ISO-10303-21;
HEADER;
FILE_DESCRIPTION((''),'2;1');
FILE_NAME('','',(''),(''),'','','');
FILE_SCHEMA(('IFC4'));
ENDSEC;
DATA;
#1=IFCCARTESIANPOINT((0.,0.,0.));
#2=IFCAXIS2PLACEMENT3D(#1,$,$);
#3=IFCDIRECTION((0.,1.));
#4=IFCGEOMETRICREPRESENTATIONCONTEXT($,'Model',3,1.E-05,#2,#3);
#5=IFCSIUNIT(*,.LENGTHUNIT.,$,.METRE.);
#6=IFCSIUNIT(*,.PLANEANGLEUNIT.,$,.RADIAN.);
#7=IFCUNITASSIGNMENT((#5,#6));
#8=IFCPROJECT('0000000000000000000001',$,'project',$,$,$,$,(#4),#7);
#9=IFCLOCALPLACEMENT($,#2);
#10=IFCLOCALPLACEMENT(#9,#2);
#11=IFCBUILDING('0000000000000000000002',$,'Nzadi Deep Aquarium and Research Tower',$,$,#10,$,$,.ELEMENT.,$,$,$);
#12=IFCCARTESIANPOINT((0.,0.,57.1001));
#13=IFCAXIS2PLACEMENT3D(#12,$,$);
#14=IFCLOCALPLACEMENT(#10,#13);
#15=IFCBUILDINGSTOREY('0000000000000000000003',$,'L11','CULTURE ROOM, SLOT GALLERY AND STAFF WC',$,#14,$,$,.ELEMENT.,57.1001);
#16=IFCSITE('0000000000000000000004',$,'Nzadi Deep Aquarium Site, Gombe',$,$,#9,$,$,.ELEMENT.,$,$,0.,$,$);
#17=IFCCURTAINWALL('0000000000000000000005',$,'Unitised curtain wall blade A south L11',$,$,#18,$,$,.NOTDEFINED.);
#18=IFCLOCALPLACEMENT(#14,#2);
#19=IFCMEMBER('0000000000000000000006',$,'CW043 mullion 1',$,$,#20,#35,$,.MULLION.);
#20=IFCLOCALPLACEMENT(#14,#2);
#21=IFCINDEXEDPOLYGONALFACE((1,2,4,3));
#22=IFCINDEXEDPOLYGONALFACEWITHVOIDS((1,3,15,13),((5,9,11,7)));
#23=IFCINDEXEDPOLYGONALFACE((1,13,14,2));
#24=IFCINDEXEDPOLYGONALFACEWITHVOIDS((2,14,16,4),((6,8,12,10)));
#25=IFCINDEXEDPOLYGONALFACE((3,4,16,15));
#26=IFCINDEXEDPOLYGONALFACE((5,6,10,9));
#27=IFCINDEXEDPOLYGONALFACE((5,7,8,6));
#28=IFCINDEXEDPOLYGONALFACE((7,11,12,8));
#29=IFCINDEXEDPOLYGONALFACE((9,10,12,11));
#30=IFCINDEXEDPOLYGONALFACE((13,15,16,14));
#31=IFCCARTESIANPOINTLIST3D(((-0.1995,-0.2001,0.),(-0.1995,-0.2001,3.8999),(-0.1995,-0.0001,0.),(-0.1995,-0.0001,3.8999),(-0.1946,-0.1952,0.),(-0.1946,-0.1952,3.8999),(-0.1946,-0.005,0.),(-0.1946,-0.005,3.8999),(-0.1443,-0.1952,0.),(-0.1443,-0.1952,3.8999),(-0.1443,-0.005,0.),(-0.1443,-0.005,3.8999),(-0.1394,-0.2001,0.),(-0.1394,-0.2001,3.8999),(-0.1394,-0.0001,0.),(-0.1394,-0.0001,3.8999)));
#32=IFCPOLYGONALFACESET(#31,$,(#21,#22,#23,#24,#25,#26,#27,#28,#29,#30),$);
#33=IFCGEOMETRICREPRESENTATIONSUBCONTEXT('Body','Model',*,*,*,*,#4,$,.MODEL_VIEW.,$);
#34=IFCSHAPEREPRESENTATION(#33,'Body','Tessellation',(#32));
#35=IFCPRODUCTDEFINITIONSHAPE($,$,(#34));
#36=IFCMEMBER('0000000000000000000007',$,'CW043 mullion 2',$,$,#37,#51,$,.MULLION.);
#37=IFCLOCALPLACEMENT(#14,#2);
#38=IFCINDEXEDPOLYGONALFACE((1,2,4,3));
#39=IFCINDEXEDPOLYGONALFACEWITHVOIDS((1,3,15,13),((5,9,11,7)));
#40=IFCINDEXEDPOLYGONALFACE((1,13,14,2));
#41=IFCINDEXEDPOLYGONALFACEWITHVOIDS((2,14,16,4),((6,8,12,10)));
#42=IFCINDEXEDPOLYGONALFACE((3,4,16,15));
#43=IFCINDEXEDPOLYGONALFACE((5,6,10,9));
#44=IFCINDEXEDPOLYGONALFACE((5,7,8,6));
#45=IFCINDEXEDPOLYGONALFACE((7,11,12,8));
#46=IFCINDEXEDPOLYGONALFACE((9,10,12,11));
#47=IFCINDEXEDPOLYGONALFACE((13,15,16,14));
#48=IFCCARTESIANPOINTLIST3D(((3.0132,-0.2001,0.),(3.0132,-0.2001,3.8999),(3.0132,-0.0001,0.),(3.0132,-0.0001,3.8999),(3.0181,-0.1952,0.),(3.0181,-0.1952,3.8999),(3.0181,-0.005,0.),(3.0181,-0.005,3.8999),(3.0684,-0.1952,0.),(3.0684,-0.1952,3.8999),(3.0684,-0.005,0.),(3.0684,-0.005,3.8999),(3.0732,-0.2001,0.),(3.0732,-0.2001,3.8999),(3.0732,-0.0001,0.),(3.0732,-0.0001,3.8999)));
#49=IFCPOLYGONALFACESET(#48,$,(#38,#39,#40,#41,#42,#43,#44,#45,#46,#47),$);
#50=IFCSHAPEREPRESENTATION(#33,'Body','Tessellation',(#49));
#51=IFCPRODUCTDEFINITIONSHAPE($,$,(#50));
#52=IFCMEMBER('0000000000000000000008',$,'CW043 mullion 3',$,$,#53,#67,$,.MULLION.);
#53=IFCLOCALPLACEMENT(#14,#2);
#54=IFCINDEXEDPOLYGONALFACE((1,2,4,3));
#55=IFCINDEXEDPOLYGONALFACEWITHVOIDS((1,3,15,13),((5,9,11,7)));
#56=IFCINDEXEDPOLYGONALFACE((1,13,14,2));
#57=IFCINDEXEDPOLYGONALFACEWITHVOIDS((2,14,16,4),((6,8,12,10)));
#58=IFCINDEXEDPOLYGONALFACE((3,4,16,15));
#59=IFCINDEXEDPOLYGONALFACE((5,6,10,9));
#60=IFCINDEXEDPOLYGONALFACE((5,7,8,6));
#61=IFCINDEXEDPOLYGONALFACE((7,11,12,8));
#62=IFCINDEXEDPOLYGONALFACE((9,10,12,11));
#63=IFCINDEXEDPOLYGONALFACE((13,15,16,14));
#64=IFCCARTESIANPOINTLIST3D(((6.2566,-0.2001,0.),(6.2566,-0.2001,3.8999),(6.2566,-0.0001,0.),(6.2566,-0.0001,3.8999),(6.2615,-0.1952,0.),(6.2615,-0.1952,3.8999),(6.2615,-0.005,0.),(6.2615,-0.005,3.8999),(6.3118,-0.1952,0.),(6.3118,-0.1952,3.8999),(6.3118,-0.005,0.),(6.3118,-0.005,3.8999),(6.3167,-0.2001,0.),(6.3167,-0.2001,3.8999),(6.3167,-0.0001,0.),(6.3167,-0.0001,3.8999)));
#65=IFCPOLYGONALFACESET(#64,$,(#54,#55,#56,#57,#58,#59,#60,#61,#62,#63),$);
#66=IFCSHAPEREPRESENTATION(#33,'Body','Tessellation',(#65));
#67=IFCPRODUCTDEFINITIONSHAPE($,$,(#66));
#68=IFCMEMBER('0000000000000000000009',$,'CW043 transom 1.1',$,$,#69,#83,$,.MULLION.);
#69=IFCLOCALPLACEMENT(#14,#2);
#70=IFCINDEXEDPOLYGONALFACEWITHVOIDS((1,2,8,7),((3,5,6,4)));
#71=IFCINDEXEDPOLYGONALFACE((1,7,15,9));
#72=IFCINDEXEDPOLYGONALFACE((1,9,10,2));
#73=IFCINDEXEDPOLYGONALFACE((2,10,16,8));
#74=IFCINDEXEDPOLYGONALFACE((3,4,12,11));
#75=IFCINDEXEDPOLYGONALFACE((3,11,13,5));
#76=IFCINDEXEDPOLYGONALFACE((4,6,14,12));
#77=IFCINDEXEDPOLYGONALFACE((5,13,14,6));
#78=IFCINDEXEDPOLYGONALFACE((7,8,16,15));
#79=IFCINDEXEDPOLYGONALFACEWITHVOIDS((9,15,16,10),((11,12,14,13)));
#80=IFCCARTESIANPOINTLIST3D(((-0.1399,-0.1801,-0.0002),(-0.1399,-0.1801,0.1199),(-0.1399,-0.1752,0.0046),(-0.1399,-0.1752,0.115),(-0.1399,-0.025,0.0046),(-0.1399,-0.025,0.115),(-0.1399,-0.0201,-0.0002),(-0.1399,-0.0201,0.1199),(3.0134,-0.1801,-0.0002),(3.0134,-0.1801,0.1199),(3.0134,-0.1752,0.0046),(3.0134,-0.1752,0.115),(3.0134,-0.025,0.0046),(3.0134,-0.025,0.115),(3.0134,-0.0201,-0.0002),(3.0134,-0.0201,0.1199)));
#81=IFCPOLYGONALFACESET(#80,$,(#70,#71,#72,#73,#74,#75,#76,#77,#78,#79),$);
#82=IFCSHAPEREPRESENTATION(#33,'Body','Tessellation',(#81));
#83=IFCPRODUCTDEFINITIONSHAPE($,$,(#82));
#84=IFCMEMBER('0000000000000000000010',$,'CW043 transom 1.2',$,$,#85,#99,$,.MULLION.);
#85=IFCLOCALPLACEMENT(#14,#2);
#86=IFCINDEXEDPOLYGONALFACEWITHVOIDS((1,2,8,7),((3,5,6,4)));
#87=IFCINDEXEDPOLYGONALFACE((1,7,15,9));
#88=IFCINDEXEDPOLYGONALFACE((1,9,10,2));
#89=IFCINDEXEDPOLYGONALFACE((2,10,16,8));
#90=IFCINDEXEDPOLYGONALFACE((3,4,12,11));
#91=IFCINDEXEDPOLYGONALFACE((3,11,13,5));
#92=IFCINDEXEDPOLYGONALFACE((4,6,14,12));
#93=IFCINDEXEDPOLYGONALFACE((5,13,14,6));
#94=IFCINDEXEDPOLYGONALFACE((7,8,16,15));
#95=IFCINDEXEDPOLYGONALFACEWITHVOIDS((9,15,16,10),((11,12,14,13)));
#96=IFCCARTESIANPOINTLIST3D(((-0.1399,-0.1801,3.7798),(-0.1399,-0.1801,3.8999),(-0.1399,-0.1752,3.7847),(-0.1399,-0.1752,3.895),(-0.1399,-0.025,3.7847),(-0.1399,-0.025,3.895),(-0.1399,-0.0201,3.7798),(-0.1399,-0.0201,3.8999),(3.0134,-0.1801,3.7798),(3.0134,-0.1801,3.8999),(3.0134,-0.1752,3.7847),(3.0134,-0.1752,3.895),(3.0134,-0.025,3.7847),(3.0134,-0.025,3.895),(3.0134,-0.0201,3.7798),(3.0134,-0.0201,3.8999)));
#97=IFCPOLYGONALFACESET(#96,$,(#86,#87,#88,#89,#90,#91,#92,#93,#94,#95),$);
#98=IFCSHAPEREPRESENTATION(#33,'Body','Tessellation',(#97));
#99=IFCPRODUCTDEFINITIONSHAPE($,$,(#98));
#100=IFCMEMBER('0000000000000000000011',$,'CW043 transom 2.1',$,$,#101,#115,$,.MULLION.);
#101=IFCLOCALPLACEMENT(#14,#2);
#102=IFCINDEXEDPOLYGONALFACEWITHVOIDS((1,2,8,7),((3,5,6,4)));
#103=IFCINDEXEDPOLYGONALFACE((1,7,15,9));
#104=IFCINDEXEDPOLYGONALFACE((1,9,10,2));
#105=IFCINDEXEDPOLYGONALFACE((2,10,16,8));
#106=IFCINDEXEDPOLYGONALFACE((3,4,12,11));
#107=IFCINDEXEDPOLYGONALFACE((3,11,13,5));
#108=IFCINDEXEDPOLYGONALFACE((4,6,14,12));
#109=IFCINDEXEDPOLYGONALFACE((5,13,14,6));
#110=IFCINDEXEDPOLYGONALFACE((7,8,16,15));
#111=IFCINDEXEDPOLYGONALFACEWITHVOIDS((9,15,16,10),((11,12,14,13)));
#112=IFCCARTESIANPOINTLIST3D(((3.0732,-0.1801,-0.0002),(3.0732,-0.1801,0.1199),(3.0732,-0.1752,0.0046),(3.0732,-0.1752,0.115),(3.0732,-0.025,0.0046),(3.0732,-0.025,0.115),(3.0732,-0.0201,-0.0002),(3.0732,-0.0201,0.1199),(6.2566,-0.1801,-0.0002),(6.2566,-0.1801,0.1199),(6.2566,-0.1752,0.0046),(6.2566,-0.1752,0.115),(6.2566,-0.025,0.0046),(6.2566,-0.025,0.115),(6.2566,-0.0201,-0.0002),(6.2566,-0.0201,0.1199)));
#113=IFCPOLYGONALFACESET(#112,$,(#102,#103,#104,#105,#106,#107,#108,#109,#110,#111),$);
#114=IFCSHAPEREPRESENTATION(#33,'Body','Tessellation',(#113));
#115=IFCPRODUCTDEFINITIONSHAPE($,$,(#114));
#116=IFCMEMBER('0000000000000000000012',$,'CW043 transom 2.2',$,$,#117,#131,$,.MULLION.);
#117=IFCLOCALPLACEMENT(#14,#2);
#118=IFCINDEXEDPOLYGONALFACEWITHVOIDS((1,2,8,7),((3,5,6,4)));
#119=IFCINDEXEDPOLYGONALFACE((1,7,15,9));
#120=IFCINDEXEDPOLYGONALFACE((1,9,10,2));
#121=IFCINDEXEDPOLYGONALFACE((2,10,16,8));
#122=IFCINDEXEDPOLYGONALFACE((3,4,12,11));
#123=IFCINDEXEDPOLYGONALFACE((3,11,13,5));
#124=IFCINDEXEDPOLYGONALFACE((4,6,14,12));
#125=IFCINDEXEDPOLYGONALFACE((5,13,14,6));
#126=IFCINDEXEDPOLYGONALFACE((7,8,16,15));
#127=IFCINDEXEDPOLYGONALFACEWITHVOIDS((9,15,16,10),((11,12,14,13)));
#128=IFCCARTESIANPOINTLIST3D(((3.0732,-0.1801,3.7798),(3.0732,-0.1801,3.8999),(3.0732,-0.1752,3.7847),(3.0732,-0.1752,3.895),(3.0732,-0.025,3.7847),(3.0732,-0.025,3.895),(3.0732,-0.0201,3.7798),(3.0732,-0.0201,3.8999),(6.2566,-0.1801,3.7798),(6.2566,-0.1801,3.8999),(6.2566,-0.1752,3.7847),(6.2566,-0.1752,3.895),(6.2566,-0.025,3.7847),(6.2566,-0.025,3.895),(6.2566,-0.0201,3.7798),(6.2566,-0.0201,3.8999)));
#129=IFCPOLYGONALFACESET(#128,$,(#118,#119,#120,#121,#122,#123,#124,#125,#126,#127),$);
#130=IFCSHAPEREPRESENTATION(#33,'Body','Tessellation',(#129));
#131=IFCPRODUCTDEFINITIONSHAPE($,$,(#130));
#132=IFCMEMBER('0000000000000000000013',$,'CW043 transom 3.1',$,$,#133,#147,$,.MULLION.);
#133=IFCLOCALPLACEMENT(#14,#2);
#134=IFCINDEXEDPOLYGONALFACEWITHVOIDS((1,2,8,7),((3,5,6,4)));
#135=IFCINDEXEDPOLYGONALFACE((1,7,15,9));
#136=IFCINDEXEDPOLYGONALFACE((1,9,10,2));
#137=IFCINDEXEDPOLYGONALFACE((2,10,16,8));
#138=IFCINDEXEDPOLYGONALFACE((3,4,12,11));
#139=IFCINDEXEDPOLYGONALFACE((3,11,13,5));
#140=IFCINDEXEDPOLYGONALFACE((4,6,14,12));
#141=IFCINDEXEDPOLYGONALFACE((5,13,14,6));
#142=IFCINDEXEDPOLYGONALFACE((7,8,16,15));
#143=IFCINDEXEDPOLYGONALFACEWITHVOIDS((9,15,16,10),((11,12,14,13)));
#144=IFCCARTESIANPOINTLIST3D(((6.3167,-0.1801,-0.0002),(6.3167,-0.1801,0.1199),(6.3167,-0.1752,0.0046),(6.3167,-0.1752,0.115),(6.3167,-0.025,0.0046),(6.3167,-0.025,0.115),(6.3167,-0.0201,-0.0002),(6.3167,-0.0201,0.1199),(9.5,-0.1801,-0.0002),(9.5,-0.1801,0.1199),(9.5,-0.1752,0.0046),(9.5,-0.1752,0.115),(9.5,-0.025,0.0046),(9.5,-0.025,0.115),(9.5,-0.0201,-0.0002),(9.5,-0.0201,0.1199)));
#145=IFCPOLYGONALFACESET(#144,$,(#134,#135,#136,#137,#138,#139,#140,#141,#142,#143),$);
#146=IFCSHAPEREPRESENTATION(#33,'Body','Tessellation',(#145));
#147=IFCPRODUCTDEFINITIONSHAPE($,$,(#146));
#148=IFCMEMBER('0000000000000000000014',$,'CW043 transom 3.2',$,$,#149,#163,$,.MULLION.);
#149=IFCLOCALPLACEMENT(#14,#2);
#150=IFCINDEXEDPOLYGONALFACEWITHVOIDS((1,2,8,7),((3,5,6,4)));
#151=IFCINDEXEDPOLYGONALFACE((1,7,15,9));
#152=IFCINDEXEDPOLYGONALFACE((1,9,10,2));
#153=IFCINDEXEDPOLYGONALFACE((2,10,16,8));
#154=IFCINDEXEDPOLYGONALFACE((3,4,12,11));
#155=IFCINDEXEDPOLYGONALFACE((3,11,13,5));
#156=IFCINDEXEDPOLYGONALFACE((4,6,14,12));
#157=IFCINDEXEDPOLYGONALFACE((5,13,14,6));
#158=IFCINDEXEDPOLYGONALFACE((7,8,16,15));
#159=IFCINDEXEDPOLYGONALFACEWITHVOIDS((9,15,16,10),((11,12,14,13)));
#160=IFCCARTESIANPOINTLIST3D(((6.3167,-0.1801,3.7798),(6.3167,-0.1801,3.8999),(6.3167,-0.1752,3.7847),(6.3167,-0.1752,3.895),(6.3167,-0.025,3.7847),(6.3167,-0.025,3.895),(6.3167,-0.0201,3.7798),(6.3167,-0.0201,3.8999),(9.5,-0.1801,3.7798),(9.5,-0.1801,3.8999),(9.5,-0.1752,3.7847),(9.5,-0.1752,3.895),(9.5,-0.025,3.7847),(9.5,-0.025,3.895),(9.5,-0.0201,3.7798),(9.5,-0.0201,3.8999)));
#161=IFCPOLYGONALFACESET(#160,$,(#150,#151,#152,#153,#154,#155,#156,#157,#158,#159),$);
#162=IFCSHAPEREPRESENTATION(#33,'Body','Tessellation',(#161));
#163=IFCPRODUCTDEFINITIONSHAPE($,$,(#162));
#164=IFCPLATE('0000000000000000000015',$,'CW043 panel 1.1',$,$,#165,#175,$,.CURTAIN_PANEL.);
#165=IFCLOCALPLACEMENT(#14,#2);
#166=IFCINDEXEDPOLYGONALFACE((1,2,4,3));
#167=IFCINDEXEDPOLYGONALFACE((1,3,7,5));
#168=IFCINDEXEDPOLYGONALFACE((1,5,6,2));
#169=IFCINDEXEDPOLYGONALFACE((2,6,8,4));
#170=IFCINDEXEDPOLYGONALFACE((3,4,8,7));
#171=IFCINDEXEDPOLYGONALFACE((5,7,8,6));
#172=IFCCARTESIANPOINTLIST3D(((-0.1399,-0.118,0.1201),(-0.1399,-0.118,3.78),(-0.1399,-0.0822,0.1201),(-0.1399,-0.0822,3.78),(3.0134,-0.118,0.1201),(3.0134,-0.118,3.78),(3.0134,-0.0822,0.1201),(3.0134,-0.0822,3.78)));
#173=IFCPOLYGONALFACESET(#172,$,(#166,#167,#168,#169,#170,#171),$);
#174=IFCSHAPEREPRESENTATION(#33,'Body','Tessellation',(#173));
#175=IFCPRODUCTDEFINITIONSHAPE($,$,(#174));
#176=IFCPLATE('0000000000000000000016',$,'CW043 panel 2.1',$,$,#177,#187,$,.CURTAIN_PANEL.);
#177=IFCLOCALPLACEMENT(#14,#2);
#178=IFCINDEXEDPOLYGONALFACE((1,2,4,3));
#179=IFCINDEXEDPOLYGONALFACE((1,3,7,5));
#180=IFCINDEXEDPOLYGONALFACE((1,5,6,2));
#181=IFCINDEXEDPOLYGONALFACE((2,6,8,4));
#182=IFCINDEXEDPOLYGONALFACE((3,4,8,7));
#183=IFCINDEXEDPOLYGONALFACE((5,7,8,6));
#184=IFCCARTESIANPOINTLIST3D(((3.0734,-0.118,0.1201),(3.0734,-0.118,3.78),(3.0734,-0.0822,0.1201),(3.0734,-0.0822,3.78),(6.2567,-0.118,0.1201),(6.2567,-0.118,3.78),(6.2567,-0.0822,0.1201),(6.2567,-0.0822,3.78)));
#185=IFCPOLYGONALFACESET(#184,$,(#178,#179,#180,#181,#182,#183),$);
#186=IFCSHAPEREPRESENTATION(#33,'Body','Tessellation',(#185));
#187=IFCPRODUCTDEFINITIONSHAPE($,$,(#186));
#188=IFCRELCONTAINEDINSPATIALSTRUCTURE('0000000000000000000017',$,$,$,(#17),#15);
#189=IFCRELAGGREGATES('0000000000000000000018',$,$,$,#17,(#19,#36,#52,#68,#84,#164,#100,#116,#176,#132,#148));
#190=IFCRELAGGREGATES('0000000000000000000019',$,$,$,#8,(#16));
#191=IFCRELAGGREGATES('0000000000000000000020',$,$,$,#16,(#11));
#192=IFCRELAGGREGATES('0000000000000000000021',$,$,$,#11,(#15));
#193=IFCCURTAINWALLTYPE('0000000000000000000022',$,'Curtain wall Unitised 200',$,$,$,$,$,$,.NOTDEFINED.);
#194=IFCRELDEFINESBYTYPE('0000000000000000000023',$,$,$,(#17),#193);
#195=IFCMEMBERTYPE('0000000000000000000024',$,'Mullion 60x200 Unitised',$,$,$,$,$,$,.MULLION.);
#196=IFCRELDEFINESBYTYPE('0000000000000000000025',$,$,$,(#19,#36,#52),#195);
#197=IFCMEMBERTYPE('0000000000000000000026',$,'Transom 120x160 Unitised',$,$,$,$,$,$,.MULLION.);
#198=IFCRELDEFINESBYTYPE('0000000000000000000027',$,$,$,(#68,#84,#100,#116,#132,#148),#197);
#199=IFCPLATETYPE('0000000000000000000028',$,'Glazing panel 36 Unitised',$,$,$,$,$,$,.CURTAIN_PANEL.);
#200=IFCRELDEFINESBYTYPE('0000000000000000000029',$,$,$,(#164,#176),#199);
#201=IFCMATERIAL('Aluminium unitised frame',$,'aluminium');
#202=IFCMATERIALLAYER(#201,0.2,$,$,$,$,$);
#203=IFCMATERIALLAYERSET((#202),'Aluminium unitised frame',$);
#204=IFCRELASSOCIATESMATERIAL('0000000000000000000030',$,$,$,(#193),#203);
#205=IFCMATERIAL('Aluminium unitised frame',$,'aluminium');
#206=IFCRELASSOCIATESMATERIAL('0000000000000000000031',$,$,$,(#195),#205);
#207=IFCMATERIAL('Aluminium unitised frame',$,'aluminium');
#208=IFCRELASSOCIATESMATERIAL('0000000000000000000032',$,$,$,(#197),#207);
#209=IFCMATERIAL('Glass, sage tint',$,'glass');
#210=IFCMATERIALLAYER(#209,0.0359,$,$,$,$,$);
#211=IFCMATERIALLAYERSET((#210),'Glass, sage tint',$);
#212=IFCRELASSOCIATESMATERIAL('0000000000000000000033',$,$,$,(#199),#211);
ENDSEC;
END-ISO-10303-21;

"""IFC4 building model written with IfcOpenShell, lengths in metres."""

from ifc_helpers import new_model, si_unit, direction, frame, origin, origin_2d, place, context, subcontext, project, spatial, rectangle, hollow_rectangle, extrude, material, layer, layer_set, material_profile, profile_set, type_object, element, aggregate, save


model = new_model("IFC4")

# Units and contexts
model_context = context("Model", 3, precision=1e-05, world=origin(), true_north=direction((0.0, 1.0)))
body_context = subcontext(model_context, "Body", "Model", "MODEL_VIEW")
ifc_project = project(units=[si_unit("LENGTHUNIT", "METRE"), si_unit("PLANEANGLEUNIT", "RADIAN")], contexts=[model_context])

# Site, building, storey
site_placement = place(None, origin())
site = spatial("IfcSite", under=ifc_project, at=site_placement, Name="Nzadi Deep Aquarium Site, Gombe", CompositionType="ELEMENT", RefElevation=0.0)
building_placement = place(site_placement, origin())
building = spatial("IfcBuilding", under=site, at=building_placement, Name="Nzadi Deep Aquarium and Research Tower", CompositionType="ELEMENT")
storey_placement = place(building_placement, frame((0.0, 0.0, 57.1001)))
storey = spatial("IfcBuildingStorey", under=building, at=storey_placement, Name="L11", Description="CULTURE ROOM, SLOT GALLERY AND STAFF WC", CompositionType="ELEMENT", Elevation=57.1001)

# Curtain wall, members, plates
ifc_material_1 = material(Name="Aluminium unitised frame", Category="aluminium")
ifc_layer_1 = layer(ifc_material_1, 0.2)
ifc_layer_set_1 = layer_set([ifc_layer_1], Name="Aluminium unitised frame")
curtain_wall_type = type_object("IfcCurtainWallType", Name="Curtain wall Unitised 200", PredefinedType="NOTDEFINED", material=ifc_layer_set_1)
curtain_wall_placement = place(storey_placement, origin())
curtain_wall = element("IfcCurtainWall", 1, at=curtain_wall_placement, inside=storey, type_object=curtain_wall_type, Name="Unitised curtain wall blade A south L11", PredefinedType="NOTDEFINED")
ifc_material_2 = material(Name="Aluminium unitised frame", Category="aluminium")
ifc_material_profile_1 = material_profile(ifc_material_2, hollow_rectangle(XDim=0.2, YDim=0.0601, WallThickness=0.0049, at=origin_2d()))
ifc_profile_set_1 = profile_set([ifc_material_profile_1], Name="Aluminium unitised frame")
member_type_1 = type_object("IfcMemberType", Name="Mullion 60x200 Unitised", PredefinedType="MULLION", material=ifc_profile_set_1)
member_1_placement = place(storey_placement, frame((-0.1694, -0.1001, 0.0), z_axis=(0.0, 0.0, 1.0), x_axis=(0.0, 1.0, 0.0)))
member_1 = element("IfcMember", 2, at=member_1_placement, type_object=member_type_1, Name="CW043 mullion 1", PredefinedType="MULLION", context=body_context, shape_type="SweptSolid", body=[
    extrude(hollow_rectangle(XDim=0.2, YDim=0.0601, WallThickness=0.0049, at=origin_2d()), origin(), (0.0, 0.0, 1.0), 3.8999),
])
member_2_placement = place(storey_placement, frame((3.0432, -0.1001, 0.0), z_axis=(0.0, 0.0, 1.0), x_axis=(0.0, 1.0, 0.0)))
member_2 = element("IfcMember", 3, at=member_2_placement, type_object=member_type_1, Name="CW043 mullion 2", PredefinedType="MULLION", context=body_context, shape_type="SweptSolid", body=[
    extrude(hollow_rectangle(XDim=0.2, YDim=0.0601, WallThickness=0.0049, at=origin_2d()), origin(), (0.0, 0.0, 1.0), 3.8999),
])
member_3_placement = place(storey_placement, frame((6.2866, -0.1001, 0.0), z_axis=(0.0, 0.0, 1.0), x_axis=(0.0, 1.0, 0.0)))
member_3 = element("IfcMember", 4, at=member_3_placement, type_object=member_type_1, Name="CW043 mullion 3", PredefinedType="MULLION", context=body_context, shape_type="SweptSolid", body=[
    extrude(hollow_rectangle(XDim=0.2, YDim=0.0601, WallThickness=0.0049, at=origin_2d()), origin(), (0.0, 0.0, 1.0), 3.8999),
])
ifc_material_3 = material(Name="Aluminium unitised frame", Category="aluminium")
ifc_material_profile_2 = material_profile(ifc_material_3, hollow_rectangle(XDim=0.1599, YDim=0.1201, WallThickness=0.0049, at=origin_2d()))
ifc_profile_set_2 = profile_set([ifc_material_profile_2], Name="Aluminium unitised frame")
member_type_2 = type_object("IfcMemberType", Name="Transom 120x160 Unitised", PredefinedType="MULLION", material=ifc_profile_set_2)
member_4_placement = place(storey_placement, frame((-0.1399, -0.1001, 0.0598), z_axis=(1.0, 0.0, 0.0), x_axis=(0.0, 1.0, 0.0)))
member_4 = element("IfcMember", 5, at=member_4_placement, type_object=member_type_2, Name="CW043 transom 1.1", PredefinedType="MULLION", context=body_context, shape_type="SweptSolid", body=[
    extrude(hollow_rectangle(XDim=0.1599, YDim=0.1201, WallThickness=0.0049, at=origin_2d()), origin(), (0.0, 0.0, 1.0), 3.1533),
])
member_5_placement = place(storey_placement, frame((-0.1399, -0.1001, 3.8398), z_axis=(1.0, 0.0, 0.0), x_axis=(0.0, 1.0, 0.0)))
member_5 = element("IfcMember", 6, at=member_5_placement, type_object=member_type_2, Name="CW043 transom 1.2", PredefinedType="MULLION", context=body_context, shape_type="SweptSolid", body=[
    extrude(hollow_rectangle(XDim=0.1599, YDim=0.1201, WallThickness=0.0049, at=origin_2d()), origin(), (0.0, 0.0, 1.0), 3.1533),
])
member_6_placement = place(storey_placement, frame((3.0732, -0.1001, 0.0598), z_axis=(1.0, 0.0, 0.0), x_axis=(0.0, 1.0, 0.0)))
member_6 = element("IfcMember", 7, at=member_6_placement, type_object=member_type_2, Name="CW043 transom 2.1", PredefinedType="MULLION", context=body_context, shape_type="SweptSolid", body=[
    extrude(hollow_rectangle(XDim=0.1599, YDim=0.1201, WallThickness=0.0049, at=origin_2d()), origin(), (0.0, 0.0, 1.0), 3.1833),
])
member_7_placement = place(storey_placement, frame((3.0732, -0.1001, 3.8398), z_axis=(1.0, 0.0, 0.0), x_axis=(0.0, 1.0, 0.0)))
member_7 = element("IfcMember", 8, at=member_7_placement, type_object=member_type_2, Name="CW043 transom 2.2", PredefinedType="MULLION", context=body_context, shape_type="SweptSolid", body=[
    extrude(hollow_rectangle(XDim=0.1599, YDim=0.1201, WallThickness=0.0049, at=origin_2d()), origin(), (0.0, 0.0, 1.0), 3.1833),
])
member_8_placement = place(storey_placement, frame((6.3167, -0.1001, 0.0598), z_axis=(1.0, 0.0, 0.0), x_axis=(0.0, 1.0, 0.0)))
member_8 = element("IfcMember", 9, at=member_8_placement, type_object=member_type_2, Name="CW043 transom 3.1", PredefinedType="MULLION", context=body_context, shape_type="SweptSolid", body=[
    extrude(hollow_rectangle(XDim=0.1599, YDim=0.1201, WallThickness=0.0049, at=origin_2d()), origin(), (0.0, 0.0, 1.0), 3.1833),
])
member_9_placement = place(storey_placement, frame((6.3167, -0.1001, 3.8398), z_axis=(1.0, 0.0, 0.0), x_axis=(0.0, 1.0, 0.0)))
member_9 = element("IfcMember", 10, at=member_9_placement, type_object=member_type_2, Name="CW043 transom 3.2", PredefinedType="MULLION", context=body_context, shape_type="SweptSolid", body=[
    extrude(hollow_rectangle(XDim=0.1599, YDim=0.1201, WallThickness=0.0049, at=origin_2d()), origin(), (0.0, 0.0, 1.0), 3.1833),
])
ifc_material_4 = material(Name="Glass, sage tint", Category="glass")
ifc_layer_2 = layer(ifc_material_4, 0.0359)
ifc_layer_set_2 = layer_set([ifc_layer_2], Name="Glass, sage tint")
plate_type = type_object("IfcPlateType", Name="Glazing panel 36 Unitised", PredefinedType="CURTAIN_PANEL", material=ifc_layer_set_2)
plate_1_placement = place(storey_placement, frame((1.4368, -0.1001, 0.1201), z_axis=(0.0, 0.0, 1.0), x_axis=(1.0, 0.0, 0.0)))
plate_1 = element("IfcPlate", 11, at=plate_1_placement, type_object=plate_type, Name="CW043 panel 1.1", PredefinedType="CURTAIN_PANEL", context=body_context, shape_type="SweptSolid", body=[
    extrude(rectangle(XDim=3.1533, YDim=0.0359, at=origin_2d()), origin(), (0.0, 0.0, 1.0), 3.6599),
])
plate_2_placement = place(storey_placement, frame((4.665, -0.1001, 0.1201), z_axis=(0.0, 0.0, 1.0), x_axis=(1.0, 0.0, 0.0)))
plate_2 = element("IfcPlate", 12, at=plate_2_placement, type_object=plate_type, Name="CW043 panel 2.1", PredefinedType="CURTAIN_PANEL", context=body_context, shape_type="SweptSolid", body=[
    extrude(rectangle(XDim=3.1833, YDim=0.0359, at=origin_2d()), origin(), (0.0, 0.0, 1.0), 3.6599),
])
aggregate(curtain_wall, [member_1, member_2, member_3, member_4, member_5, plate_1, member_6, member_7, plate_2, member_8, member_9])

save(model, "model.ifc")
